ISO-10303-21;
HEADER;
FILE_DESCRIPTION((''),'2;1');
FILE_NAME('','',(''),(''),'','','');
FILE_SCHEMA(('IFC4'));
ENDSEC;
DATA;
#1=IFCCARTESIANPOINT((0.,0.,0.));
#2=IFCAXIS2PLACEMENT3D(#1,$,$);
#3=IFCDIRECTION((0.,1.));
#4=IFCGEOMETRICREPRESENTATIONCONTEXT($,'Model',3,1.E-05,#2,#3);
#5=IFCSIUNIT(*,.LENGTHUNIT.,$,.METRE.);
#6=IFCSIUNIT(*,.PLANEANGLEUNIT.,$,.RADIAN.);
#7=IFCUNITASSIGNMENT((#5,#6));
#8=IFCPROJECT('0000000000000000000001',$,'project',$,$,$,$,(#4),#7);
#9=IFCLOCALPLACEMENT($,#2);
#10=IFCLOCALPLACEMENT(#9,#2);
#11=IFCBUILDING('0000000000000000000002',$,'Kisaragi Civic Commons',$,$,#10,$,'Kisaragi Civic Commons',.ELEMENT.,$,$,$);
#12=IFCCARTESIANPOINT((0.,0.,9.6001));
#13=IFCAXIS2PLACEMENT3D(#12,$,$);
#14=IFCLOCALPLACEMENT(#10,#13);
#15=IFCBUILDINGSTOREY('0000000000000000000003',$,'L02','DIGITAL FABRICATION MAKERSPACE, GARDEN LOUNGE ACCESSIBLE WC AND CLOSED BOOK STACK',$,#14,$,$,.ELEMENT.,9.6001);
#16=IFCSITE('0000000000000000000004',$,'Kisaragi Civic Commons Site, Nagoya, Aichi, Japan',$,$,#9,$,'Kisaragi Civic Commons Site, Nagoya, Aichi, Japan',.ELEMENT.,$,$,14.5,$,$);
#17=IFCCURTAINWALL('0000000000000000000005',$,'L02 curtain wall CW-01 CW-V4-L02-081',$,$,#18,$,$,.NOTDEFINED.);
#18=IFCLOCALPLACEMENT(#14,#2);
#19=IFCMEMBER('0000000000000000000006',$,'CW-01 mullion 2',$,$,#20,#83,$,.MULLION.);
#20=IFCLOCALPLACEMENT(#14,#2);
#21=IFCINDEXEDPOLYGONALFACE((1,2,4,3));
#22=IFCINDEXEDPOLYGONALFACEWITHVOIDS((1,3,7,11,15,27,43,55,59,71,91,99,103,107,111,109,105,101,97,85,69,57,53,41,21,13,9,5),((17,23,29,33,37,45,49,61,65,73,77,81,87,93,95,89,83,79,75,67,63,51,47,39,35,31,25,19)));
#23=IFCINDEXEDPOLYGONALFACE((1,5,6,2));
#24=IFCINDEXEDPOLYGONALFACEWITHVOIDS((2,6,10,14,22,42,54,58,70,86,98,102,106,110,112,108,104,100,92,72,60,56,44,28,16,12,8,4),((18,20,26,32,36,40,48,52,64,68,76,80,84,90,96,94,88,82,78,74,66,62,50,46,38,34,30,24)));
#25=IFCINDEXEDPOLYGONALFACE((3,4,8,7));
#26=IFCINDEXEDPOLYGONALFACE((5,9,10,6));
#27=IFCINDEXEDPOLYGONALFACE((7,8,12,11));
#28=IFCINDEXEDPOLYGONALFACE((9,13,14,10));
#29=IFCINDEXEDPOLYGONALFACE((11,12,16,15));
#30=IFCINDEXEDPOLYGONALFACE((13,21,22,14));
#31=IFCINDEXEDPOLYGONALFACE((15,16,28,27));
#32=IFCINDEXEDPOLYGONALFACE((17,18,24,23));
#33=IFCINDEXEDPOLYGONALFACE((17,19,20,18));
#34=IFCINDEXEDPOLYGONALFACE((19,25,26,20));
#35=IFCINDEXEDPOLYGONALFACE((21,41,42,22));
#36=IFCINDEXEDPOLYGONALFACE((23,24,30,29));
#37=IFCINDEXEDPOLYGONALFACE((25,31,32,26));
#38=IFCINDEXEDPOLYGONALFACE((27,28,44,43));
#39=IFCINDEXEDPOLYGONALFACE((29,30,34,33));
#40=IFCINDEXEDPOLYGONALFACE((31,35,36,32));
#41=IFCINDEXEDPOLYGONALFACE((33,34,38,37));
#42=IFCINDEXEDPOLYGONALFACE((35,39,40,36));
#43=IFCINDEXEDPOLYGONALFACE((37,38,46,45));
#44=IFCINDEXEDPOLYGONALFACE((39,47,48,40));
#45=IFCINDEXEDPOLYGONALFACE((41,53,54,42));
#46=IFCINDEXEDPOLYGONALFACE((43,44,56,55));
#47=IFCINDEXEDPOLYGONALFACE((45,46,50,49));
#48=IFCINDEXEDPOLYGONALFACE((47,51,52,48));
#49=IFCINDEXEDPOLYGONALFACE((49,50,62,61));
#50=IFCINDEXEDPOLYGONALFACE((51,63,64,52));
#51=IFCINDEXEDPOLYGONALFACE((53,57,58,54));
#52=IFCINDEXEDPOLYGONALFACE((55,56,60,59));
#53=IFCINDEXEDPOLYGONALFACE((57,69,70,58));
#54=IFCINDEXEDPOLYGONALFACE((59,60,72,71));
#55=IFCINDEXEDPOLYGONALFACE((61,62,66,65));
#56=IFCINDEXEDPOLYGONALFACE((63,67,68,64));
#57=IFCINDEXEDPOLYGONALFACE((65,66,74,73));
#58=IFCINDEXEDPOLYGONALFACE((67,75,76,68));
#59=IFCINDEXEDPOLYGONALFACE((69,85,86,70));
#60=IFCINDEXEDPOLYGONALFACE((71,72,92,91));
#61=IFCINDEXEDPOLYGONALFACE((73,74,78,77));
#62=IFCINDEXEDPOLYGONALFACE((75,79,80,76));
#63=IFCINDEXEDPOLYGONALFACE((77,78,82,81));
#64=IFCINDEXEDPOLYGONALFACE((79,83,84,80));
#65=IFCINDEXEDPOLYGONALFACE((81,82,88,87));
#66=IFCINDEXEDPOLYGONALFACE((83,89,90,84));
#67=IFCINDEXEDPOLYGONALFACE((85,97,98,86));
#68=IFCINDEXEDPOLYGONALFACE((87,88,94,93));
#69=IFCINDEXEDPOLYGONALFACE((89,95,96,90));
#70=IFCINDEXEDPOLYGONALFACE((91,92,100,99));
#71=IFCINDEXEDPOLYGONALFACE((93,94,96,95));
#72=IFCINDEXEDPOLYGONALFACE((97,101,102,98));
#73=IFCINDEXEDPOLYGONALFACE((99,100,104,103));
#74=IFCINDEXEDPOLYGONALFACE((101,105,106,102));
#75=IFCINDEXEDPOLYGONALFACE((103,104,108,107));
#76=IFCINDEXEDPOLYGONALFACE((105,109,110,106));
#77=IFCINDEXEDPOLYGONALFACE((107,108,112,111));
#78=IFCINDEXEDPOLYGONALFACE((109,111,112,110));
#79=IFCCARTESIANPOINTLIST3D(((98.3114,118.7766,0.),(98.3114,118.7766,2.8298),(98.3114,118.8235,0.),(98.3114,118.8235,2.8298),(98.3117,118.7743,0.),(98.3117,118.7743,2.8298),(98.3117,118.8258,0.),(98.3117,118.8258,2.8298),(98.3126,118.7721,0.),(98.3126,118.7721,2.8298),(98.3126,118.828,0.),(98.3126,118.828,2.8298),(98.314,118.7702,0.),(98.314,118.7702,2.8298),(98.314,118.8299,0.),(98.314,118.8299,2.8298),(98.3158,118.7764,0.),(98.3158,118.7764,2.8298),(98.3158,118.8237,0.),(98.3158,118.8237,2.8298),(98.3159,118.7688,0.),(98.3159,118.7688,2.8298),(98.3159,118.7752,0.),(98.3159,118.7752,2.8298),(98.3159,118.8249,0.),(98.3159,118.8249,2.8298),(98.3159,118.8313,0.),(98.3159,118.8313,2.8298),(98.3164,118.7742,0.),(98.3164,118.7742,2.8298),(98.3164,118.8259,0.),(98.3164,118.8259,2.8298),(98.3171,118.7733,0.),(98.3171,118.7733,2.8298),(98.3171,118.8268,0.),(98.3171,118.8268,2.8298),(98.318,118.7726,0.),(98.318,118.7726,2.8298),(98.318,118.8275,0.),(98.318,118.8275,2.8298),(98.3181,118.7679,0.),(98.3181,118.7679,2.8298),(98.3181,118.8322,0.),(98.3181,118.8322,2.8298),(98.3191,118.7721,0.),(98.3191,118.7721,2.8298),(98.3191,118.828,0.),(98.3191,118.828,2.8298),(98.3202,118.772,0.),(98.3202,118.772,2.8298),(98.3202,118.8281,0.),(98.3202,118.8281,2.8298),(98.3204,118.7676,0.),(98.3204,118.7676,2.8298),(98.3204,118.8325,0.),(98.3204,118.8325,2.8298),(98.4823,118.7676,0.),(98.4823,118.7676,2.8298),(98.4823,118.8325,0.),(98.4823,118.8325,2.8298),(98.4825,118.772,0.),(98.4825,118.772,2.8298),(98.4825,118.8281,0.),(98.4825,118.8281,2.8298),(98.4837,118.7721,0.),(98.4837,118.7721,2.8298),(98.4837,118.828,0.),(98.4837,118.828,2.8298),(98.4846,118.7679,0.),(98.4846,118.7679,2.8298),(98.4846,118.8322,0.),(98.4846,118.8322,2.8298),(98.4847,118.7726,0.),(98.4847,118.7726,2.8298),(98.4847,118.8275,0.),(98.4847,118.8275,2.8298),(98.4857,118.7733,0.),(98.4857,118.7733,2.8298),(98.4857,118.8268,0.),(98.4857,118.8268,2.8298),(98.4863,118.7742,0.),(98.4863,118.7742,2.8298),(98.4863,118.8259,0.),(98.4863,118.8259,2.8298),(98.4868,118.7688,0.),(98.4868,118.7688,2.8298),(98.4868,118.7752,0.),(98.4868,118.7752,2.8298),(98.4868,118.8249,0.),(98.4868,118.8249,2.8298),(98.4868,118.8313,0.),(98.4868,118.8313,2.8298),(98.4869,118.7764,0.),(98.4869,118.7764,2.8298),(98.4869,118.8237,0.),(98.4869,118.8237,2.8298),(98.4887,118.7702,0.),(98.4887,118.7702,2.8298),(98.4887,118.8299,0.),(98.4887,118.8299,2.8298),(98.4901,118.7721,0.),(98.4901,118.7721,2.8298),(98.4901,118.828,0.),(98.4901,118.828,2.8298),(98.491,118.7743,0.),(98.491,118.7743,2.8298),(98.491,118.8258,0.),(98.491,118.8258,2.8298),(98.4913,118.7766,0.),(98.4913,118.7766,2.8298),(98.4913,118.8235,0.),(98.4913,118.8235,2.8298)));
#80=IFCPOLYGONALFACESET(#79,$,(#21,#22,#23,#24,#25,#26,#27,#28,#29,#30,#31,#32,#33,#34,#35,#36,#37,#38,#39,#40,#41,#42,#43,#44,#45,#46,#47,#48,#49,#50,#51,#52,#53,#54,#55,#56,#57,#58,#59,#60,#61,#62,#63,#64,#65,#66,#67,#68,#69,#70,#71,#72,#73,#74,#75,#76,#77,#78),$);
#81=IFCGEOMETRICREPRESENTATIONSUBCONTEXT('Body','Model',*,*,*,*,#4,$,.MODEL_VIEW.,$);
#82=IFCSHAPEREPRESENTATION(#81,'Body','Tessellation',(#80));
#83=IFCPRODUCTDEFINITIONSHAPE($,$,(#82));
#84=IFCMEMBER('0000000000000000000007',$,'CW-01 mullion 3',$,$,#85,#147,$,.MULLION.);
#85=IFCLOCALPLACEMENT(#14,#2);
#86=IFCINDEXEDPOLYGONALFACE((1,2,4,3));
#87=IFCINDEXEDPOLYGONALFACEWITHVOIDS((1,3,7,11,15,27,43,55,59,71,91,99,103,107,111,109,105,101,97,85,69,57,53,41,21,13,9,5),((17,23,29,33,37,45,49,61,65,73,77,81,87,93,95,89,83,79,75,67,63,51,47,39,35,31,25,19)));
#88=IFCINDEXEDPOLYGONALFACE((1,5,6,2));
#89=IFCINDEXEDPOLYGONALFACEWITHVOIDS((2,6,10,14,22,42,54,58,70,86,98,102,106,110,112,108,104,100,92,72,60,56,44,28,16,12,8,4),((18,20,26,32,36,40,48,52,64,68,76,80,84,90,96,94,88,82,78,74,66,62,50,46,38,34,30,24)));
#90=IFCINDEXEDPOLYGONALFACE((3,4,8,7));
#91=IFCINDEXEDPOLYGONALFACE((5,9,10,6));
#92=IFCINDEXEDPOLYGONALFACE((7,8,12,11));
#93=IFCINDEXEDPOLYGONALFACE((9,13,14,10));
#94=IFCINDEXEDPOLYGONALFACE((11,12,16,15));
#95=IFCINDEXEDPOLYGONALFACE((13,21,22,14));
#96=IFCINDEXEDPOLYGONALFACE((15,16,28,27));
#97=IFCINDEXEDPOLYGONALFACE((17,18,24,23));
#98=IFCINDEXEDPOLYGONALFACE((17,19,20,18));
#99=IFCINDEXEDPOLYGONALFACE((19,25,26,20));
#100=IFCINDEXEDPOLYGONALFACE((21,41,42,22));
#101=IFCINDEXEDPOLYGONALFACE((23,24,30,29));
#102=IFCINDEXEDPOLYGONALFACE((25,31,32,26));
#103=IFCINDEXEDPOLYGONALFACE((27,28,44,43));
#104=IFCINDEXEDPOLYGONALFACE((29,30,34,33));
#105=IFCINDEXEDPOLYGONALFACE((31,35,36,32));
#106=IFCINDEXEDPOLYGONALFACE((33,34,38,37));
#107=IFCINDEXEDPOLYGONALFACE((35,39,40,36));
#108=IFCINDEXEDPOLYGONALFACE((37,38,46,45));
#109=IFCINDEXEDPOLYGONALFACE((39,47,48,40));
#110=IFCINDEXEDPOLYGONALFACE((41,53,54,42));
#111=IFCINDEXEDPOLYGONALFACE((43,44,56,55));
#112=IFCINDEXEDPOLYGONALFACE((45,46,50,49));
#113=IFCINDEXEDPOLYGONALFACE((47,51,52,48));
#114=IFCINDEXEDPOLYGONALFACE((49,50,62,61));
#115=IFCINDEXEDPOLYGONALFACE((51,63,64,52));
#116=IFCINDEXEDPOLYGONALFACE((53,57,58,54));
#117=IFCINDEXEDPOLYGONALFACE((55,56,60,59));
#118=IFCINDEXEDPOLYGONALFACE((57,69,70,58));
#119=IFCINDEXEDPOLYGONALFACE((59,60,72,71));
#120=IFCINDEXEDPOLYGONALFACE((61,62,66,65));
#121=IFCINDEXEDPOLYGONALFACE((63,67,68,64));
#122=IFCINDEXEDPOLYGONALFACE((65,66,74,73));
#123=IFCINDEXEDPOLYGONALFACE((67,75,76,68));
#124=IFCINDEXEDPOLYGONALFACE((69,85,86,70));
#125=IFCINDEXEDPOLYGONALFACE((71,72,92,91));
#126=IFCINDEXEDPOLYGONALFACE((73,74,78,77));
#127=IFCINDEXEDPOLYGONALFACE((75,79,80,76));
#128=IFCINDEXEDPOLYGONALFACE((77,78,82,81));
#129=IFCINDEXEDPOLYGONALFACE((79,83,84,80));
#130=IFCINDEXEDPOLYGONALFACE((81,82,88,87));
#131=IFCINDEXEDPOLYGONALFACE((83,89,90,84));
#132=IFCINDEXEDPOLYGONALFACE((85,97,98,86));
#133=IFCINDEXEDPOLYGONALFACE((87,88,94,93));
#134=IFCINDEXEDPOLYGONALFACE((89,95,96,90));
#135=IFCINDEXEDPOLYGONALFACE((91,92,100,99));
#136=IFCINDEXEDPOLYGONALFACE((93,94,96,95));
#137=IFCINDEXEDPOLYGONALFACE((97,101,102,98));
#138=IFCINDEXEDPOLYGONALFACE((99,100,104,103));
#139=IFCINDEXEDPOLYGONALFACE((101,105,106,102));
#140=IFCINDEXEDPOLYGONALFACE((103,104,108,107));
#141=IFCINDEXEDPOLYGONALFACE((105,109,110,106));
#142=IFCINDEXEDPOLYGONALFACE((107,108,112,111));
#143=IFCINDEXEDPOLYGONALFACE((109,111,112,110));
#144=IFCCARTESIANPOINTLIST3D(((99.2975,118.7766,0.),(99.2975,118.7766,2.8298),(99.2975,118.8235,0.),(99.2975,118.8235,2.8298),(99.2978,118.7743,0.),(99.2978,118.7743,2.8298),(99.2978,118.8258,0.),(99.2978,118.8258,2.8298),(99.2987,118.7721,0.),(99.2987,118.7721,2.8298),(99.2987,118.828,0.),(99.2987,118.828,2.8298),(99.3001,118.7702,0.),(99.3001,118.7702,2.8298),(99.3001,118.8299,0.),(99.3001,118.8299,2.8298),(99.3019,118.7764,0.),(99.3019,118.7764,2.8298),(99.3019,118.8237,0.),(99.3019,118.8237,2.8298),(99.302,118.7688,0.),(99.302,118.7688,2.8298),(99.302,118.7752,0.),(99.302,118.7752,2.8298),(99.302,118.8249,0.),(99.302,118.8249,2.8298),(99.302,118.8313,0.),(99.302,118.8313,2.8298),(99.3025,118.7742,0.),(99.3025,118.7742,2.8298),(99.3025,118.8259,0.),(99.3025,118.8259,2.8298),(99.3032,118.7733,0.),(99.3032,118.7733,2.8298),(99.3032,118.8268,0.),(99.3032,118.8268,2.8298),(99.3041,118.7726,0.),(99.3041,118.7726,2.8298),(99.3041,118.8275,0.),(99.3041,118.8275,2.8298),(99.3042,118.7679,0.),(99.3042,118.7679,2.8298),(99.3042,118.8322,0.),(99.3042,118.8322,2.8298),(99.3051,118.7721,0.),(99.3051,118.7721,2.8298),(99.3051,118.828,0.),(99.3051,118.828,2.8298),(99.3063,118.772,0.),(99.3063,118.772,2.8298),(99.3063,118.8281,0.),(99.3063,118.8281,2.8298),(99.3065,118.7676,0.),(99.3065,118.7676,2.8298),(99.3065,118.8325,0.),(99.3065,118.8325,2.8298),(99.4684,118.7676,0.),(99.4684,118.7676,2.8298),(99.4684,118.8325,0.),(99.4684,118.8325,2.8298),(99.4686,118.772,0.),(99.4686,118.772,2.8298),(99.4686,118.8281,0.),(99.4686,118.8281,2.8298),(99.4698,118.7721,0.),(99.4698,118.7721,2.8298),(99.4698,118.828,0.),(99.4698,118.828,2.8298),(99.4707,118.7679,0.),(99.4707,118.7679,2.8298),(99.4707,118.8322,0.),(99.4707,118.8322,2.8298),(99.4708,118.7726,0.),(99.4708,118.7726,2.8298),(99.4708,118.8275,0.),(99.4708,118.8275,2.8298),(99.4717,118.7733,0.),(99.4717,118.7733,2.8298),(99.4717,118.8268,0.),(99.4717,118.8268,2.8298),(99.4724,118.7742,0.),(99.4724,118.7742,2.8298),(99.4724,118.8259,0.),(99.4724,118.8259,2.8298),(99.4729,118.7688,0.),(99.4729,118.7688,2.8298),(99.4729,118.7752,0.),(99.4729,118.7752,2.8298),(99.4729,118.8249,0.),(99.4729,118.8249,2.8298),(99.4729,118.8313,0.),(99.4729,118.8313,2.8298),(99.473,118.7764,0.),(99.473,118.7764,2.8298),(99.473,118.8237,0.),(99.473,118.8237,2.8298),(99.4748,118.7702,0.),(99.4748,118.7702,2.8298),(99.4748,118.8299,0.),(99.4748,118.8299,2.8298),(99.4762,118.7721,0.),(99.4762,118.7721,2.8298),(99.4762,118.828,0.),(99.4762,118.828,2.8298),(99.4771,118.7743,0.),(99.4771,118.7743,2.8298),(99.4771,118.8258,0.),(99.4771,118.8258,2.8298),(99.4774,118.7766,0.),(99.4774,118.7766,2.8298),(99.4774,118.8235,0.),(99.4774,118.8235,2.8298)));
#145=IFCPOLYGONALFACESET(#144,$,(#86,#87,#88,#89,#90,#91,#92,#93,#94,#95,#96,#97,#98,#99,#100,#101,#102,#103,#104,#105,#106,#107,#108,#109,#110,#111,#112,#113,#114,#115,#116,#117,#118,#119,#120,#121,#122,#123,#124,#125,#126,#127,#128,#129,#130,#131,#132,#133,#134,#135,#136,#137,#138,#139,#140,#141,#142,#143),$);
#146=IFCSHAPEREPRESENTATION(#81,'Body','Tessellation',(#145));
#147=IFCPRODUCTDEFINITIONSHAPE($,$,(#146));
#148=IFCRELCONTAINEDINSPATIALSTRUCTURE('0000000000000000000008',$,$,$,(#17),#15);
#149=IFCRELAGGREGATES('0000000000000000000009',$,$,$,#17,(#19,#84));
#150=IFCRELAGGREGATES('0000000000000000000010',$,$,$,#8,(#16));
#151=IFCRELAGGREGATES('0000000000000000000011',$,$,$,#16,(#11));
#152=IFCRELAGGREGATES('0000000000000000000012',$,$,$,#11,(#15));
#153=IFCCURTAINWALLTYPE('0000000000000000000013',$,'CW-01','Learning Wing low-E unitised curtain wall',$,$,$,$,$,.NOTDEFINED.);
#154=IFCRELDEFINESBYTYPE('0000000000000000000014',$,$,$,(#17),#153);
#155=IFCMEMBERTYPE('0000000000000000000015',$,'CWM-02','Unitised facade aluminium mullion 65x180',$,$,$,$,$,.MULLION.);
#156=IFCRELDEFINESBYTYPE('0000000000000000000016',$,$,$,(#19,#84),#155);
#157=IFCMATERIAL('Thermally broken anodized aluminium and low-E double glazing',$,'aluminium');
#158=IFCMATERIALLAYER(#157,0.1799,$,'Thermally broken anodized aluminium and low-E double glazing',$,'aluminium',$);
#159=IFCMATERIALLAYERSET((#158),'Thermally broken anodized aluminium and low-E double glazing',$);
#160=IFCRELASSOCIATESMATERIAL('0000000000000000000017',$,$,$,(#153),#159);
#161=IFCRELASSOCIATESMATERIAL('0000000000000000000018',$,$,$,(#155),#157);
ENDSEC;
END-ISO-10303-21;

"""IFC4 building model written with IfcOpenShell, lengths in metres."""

from ifc_helpers import new_model, si_unit, direction, frame, origin, origin_2d, place, context, subcontext, project, spatial, hollow_rectangle, extrude, material, layer, layer_set, material_profile, profile_set, type_object, element, aggregate, save


model = new_model("IFC4")

# Units and contexts
model_context = context("Model", 3, precision=1e-05, world=origin(), true_north=direction((0.0, 1.0)))
body_context = subcontext(model_context, "Body", "Model", "MODEL_VIEW")
ifc_project = project(units=[si_unit("LENGTHUNIT", "METRE"), si_unit("PLANEANGLEUNIT", "RADIAN")], contexts=[model_context])

# Site, building, storey
site_placement = place(None, origin())
site = spatial("IfcSite", under=ifc_project, at=site_placement, Name="Kisaragi Civic Commons Site, Nagoya, Aichi, Japan", LongName="Kisaragi Civic Commons Site, Nagoya, Aichi, Japan", CompositionType="ELEMENT", RefElevation=14.5)
building_placement = place(site_placement, origin())
building = spatial("IfcBuilding", under=site, at=building_placement, Name="Kisaragi Civic Commons", LongName="Kisaragi Civic Commons", CompositionType="ELEMENT")
storey_placement = place(building_placement, frame((0.0, 0.0, 9.6001)))
storey = spatial("IfcBuildingStorey", under=building, at=storey_placement, Name="L02", Description="DIGITAL FABRICATION MAKERSPACE, GARDEN LOUNGE ACCESSIBLE WC AND CLOSED BOOK STACK", CompositionType="ELEMENT", Elevation=9.6001)

# Curtain wall, members
ifc_material_1 = material(Name="Thermally broken anodized aluminium and low-E double glazing", Category="aluminium")
ifc_layer_1 = layer(ifc_material_1, 0.1799, Name="Thermally broken anodized aluminium and low-E double glazing", Category="aluminium")
ifc_layer_set_1 = layer_set([ifc_layer_1], Name="Thermally broken anodized aluminium and low-E double glazing")
curtain_wall_type = type_object("IfcCurtainWallType", Name="CW-01", Description="Learning Wing low-E unitised curtain wall", PredefinedType="NOTDEFINED", material=ifc_layer_set_1)
curtain_wall_placement = place(storey_placement, origin())
curtain_wall = element("IfcCurtainWall", 1, at=curtain_wall_placement, inside=storey, type_object=curtain_wall_type, Name="L02 curtain wall CW-01 CW-V4-L02-081", PredefinedType="NOTDEFINED")
ifc_material_profile_1 = material_profile(ifc_material_1, hollow_rectangle(XDim=0.0649, YDim=0.1799, WallThickness=0.0044, InnerFilletRadius=0.0044, OuterFilletRadius=0.009, at=origin_2d()), Name="CWM-65x180x4.5", Category="aluminium")
ifc_profile_set_1 = profile_set([ifc_material_profile_1], Name="Thermally broken anodized aluminium and low-E double glazing")
member_type_1 = type_object("IfcMemberType", Name="CWM-02", Description="Unitised facade aluminium mullion 65x180", PredefinedType="MULLION", material=ifc_profile_set_1)
member_1_placement = place(storey_placement, frame((98.4014, 118.8, 0.0), z_axis=(0.0, 0.0, 1.0), x_axis=(0.0, 1.0, 0.0)))
member_1 = element("IfcMember", 2, at=member_1_placement, type_object=member_type_1, Name="CW-01 mullion 2", PredefinedType="MULLION", context=body_context, shape_type="SweptSolid", body=[
    extrude(hollow_rectangle(XDim=0.0649, YDim=0.1799, WallThickness=0.0044, InnerFilletRadius=0.0044, OuterFilletRadius=0.009, at=origin_2d()), origin(), (0.0, 0.0, 1.0), 2.8298),
])
member_2_placement = place(storey_placement, frame((99.3875, 118.8, 0.0), z_axis=(0.0, 0.0, 1.0), x_axis=(0.0, 1.0, 0.0)))
member_2 = element("IfcMember", 3, at=member_2_placement, type_object=member_type_1, Name="CW-01 mullion 3", PredefinedType="MULLION", context=body_context, shape_type="SweptSolid", body=[
    extrude(hollow_rectangle(XDim=0.0649, YDim=0.1799, WallThickness=0.0044, InnerFilletRadius=0.0044, OuterFilletRadius=0.009, at=origin_2d()), origin(), (0.0, 0.0, 1.0), 2.8298),
])

aggregate(curtain_wall, [member_1, member_2])

save(model, "model.ifc")
